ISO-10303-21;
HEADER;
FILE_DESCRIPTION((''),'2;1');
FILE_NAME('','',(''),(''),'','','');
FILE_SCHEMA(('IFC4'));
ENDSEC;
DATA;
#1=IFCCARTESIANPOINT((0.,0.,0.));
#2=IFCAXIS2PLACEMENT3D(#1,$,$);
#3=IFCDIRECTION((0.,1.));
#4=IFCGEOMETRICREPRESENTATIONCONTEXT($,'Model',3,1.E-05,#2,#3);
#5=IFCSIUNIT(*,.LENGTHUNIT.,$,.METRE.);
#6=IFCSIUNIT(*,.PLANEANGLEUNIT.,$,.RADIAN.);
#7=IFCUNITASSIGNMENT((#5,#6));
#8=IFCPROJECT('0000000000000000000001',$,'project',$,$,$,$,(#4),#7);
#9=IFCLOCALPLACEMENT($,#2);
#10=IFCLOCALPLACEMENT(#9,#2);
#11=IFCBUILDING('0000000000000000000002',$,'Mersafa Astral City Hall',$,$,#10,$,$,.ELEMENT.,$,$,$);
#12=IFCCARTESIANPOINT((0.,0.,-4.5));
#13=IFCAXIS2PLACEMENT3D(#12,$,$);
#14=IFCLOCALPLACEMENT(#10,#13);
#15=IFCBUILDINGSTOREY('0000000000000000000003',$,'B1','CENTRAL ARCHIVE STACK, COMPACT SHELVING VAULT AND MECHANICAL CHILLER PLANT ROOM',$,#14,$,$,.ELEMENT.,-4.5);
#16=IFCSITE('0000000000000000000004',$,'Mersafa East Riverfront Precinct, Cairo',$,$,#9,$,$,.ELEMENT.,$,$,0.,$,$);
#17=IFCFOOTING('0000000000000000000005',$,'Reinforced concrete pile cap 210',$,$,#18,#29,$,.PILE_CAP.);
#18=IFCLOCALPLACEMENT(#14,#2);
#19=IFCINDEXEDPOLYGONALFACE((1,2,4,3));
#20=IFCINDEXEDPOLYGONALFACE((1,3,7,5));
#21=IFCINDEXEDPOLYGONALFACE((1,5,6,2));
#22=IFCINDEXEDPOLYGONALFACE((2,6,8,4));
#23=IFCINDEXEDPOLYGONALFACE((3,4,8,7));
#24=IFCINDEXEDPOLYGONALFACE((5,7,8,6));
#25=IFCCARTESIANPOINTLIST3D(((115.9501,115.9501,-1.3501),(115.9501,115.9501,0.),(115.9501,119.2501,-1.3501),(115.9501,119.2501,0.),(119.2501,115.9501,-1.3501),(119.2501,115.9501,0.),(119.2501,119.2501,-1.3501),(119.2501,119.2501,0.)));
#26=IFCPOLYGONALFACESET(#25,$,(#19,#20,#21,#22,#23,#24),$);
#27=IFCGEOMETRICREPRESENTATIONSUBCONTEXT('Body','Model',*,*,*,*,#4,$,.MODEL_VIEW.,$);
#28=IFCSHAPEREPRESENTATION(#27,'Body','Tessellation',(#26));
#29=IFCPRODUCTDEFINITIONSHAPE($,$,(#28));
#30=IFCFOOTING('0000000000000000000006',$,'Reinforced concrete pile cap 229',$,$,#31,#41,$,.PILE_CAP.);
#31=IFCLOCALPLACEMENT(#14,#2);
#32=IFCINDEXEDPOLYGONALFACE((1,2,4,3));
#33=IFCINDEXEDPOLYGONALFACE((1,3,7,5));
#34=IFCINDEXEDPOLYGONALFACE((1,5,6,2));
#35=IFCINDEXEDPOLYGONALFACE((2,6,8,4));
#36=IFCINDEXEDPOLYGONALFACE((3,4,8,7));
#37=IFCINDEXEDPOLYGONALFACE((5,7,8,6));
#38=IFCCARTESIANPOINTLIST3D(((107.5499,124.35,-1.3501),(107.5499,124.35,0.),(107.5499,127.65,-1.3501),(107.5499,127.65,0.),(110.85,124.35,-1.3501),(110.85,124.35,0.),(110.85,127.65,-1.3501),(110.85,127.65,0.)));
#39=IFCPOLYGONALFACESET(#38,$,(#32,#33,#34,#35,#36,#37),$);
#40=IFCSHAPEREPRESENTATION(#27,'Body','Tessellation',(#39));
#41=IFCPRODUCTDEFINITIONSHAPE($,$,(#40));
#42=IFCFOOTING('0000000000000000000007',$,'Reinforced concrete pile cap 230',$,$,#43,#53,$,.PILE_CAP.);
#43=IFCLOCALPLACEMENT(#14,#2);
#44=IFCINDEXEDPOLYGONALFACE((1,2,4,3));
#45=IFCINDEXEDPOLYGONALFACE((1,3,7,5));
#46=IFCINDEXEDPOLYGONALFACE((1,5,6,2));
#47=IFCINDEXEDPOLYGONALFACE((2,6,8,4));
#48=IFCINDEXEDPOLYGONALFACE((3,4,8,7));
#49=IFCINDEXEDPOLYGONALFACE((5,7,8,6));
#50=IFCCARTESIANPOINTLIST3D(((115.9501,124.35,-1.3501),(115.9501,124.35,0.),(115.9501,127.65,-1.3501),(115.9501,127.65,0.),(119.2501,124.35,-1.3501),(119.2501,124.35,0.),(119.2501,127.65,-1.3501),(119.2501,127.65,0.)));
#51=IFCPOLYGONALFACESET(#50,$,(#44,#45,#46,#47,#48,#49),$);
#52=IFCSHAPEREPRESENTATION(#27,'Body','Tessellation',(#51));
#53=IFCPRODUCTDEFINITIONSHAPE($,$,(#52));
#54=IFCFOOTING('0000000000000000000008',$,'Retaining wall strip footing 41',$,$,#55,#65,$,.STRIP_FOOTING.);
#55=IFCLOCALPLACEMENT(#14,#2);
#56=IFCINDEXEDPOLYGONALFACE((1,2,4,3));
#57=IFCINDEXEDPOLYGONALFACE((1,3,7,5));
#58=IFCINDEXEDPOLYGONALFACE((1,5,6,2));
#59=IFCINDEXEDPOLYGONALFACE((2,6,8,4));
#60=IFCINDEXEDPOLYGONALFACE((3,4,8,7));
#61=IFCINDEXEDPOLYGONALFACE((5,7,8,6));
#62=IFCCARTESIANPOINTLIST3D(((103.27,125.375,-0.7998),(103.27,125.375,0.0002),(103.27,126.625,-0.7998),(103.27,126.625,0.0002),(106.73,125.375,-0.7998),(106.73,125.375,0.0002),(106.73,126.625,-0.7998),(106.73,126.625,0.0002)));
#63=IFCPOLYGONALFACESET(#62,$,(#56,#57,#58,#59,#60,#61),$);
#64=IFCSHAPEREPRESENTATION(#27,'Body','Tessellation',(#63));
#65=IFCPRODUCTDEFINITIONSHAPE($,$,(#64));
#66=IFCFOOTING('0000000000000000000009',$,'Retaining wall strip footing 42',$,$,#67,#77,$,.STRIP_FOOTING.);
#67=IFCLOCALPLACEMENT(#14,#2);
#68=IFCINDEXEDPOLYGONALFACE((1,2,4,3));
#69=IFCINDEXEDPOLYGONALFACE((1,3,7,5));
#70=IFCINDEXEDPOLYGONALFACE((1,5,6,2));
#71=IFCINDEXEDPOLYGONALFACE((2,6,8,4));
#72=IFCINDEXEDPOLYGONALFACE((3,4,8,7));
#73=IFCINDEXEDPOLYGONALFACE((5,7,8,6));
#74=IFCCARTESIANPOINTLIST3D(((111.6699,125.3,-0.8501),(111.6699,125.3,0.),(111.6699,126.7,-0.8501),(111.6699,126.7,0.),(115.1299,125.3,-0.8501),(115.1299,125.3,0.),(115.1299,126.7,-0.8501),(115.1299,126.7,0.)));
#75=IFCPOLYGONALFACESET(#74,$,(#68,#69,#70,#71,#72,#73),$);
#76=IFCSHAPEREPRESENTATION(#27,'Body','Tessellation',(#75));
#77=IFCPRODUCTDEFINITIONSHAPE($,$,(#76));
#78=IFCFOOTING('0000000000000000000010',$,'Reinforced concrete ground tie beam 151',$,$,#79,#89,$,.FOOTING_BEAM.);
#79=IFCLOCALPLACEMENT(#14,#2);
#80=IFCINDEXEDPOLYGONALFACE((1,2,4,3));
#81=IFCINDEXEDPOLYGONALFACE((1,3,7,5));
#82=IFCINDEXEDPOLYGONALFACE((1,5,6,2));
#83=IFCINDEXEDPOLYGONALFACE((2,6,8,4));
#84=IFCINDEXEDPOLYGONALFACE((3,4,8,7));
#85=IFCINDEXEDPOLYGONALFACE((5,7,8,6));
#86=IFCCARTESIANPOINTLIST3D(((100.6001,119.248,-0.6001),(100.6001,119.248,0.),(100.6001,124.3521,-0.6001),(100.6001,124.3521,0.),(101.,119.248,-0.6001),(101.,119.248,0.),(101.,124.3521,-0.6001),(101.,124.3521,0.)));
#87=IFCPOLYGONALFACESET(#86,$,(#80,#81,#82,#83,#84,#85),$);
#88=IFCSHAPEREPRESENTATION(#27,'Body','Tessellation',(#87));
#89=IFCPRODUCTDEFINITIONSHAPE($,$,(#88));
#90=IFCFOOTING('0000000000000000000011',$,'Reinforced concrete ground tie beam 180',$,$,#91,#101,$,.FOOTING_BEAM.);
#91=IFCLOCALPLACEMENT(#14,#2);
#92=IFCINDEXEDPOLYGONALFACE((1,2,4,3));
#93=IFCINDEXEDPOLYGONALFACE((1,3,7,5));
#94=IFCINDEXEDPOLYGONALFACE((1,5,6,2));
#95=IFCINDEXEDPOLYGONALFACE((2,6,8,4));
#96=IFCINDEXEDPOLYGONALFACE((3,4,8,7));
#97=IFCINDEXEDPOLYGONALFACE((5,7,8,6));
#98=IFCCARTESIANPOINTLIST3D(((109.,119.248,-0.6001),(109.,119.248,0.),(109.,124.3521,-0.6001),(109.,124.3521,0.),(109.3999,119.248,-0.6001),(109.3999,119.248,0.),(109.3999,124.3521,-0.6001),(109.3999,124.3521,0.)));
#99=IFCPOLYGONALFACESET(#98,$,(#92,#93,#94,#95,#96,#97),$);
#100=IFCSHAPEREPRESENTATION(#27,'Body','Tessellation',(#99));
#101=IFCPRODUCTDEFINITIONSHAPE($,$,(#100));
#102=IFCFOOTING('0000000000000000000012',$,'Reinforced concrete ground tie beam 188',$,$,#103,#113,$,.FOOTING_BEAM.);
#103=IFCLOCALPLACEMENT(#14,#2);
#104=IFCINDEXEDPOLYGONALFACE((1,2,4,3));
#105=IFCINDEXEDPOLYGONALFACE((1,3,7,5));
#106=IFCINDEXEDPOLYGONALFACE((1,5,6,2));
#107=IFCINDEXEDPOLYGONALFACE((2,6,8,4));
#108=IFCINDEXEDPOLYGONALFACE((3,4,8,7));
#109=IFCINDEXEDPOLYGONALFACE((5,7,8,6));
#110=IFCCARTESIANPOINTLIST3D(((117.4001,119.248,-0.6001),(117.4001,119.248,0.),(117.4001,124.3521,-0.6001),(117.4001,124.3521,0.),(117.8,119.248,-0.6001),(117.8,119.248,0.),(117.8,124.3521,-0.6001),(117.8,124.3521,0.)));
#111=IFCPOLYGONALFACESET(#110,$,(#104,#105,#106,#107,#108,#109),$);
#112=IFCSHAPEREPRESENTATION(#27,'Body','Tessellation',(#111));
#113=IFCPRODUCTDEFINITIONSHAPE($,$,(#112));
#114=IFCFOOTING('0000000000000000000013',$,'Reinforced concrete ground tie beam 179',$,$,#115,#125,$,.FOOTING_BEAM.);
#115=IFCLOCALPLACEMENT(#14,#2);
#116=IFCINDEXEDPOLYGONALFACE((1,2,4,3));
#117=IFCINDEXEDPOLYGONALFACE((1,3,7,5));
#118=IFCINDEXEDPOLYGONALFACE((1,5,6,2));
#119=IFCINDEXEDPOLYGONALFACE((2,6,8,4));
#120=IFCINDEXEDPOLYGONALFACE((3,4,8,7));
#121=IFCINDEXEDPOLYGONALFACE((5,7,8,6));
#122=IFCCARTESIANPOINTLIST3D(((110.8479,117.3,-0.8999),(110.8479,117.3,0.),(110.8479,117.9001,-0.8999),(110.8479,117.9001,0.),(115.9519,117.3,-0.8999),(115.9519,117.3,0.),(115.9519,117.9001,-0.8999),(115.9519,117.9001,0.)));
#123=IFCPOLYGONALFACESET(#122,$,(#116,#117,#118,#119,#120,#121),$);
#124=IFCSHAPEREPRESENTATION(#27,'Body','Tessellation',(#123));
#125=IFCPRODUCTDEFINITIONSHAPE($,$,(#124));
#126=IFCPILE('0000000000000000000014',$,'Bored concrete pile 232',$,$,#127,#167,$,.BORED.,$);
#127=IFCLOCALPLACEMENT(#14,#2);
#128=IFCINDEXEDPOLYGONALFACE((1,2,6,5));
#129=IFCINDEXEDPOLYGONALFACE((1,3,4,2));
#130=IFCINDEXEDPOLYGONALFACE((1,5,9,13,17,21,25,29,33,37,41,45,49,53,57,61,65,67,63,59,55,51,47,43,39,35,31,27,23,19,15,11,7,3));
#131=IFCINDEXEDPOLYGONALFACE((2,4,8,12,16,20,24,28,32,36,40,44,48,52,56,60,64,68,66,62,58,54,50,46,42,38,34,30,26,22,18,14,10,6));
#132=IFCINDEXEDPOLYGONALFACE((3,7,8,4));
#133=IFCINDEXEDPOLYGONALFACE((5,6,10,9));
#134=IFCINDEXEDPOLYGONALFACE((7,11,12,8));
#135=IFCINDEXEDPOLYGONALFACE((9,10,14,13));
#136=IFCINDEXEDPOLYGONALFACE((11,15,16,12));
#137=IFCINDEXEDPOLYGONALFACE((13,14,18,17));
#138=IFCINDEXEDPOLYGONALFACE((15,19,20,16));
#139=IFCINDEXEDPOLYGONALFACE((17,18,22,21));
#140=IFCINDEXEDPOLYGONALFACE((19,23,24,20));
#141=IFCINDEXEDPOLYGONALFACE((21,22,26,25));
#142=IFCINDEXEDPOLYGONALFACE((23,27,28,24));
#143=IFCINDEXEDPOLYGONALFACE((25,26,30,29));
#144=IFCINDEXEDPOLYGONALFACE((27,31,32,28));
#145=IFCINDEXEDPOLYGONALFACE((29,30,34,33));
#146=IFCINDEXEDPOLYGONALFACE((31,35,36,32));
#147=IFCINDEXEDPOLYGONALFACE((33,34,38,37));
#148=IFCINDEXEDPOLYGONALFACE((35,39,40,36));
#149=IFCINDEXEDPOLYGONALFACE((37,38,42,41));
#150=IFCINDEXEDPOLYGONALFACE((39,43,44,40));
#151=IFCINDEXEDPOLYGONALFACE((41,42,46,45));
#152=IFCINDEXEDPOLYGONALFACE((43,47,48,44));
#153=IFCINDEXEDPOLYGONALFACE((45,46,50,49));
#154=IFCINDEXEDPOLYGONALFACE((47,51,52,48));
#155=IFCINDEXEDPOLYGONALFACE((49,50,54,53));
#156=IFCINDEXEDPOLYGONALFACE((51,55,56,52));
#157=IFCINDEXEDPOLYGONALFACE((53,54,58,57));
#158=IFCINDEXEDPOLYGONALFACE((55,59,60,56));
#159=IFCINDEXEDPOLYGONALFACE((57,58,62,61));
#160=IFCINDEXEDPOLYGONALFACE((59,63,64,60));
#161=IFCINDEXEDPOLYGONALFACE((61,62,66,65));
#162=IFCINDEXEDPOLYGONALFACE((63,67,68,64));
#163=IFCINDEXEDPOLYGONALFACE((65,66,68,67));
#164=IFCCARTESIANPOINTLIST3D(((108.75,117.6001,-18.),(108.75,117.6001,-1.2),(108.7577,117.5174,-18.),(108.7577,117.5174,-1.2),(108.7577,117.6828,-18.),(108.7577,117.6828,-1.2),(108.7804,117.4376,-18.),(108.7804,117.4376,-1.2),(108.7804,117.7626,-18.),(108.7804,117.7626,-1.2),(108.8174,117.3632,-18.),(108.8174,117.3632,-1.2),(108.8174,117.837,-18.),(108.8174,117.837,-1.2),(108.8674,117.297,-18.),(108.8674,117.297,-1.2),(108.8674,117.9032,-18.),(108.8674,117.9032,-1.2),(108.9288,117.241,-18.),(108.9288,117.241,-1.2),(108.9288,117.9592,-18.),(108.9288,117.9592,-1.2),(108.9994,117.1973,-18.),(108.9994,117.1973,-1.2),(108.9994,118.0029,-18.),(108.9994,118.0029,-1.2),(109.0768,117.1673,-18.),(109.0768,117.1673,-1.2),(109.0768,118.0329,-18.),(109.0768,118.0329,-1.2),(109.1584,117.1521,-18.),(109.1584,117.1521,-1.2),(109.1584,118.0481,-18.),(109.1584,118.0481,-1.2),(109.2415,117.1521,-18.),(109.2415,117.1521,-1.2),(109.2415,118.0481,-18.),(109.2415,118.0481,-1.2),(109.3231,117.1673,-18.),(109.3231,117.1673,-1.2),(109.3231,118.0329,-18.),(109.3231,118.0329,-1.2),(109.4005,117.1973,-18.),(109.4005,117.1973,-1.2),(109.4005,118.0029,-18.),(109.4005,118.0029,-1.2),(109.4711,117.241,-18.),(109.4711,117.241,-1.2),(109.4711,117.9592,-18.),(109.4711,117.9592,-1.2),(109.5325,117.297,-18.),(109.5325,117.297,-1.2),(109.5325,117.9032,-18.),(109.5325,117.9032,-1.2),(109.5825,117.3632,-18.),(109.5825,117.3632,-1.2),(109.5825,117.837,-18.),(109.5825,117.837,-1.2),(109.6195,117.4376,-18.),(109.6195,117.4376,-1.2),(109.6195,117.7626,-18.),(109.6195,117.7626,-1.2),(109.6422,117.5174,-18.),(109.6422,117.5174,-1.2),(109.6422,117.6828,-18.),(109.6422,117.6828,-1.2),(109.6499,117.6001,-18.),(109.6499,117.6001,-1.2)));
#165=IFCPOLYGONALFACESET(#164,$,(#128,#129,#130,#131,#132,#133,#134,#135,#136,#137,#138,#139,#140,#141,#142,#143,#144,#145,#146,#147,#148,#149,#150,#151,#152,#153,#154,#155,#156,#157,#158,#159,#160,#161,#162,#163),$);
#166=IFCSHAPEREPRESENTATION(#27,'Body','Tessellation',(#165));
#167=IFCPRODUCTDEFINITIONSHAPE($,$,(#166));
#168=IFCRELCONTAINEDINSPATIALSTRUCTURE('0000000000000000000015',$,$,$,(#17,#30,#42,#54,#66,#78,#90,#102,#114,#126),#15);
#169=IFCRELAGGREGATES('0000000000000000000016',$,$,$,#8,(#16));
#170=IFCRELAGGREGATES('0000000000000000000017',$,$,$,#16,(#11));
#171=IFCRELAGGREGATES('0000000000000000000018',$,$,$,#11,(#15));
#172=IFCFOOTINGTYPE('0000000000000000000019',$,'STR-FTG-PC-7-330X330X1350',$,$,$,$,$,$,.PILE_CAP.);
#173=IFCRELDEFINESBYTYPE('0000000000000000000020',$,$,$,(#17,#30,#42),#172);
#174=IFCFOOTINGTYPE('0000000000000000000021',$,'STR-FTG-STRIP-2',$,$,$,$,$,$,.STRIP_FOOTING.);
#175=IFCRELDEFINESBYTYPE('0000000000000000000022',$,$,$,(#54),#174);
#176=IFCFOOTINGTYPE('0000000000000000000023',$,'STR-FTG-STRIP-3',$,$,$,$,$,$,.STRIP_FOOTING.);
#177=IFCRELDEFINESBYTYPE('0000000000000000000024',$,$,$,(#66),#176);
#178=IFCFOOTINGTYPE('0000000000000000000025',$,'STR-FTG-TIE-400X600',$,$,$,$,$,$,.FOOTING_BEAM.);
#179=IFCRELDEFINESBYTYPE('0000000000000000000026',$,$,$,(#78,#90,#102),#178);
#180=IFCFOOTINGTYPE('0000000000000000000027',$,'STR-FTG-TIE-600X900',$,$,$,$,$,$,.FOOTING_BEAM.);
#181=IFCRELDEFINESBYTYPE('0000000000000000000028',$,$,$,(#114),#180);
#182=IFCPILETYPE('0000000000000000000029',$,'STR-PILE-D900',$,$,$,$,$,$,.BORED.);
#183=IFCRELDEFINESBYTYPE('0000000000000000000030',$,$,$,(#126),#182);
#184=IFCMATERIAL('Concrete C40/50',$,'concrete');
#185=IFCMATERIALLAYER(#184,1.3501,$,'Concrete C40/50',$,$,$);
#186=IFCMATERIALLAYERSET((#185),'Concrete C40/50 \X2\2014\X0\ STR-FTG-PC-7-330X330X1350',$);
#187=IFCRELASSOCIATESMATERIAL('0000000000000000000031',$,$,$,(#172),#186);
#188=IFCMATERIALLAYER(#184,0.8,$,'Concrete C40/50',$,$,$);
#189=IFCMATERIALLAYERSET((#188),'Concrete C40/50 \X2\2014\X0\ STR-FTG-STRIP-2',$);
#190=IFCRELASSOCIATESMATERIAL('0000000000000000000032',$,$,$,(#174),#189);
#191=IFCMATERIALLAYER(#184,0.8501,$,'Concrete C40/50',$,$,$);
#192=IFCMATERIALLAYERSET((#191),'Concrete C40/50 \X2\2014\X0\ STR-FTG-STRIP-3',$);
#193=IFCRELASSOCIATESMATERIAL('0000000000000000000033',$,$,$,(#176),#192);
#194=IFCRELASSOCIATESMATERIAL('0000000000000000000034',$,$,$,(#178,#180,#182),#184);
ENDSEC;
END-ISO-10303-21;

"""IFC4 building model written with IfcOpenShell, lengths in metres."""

from ifc_helpers import new_model, si_unit, direction, frame, origin, origin_2d, place, context, subcontext, project, spatial, rectangle, circle, extrude, material, layer, layer_set, material_profile, profile_set, type_object, element, save


model = new_model("IFC4")

# Units and contexts
model_context = context("Model", 3, precision=1e-05, world=origin(), true_north=direction((0.0, 1.0)))
body_context = subcontext(model_context, "Body", "Model", "MODEL_VIEW")
ifc_project = project(units=[si_unit("LENGTHUNIT", "METRE"), si_unit("PLANEANGLEUNIT", "RADIAN")], contexts=[model_context])

# Site, building, storey
site_placement = place(None, origin())
site = spatial("IfcSite", under=ifc_project, at=site_placement, Name="Mersafa East Riverfront Precinct, Cairo", CompositionType="ELEMENT", RefElevation=0.0)
building_placement = place(site_placement, origin())
building = spatial("IfcBuilding", under=site, at=building_placement, Name="Mersafa Astral City Hall", CompositionType="ELEMENT")
storey_placement = place(building_placement, frame((0.0, 0.0, -4.5)))
storey = spatial("IfcBuildingStorey", under=building, at=storey_placement, Name="B1", Description="CENTRAL ARCHIVE STACK, COMPACT SHELVING VAULT AND MECHANICAL CHILLER PLANT ROOM", CompositionType="ELEMENT", Elevation=-4.5)

# Footings
ifc_material_1 = material(Name="Concrete C40/50", Category="concrete")
ifc_layer_1 = layer(ifc_material_1, 1.3501, Name="Concrete C40/50")
ifc_layer_set_1 = layer_set([ifc_layer_1], Name="Concrete C40/50 — STR-FTG-PC-7-330X330X1350")
footing_type_1 = type_object("IfcFootingType", Name="STR-FTG-PC-7-330X330X1350", PredefinedType="PILE_CAP", material=ifc_layer_set_1)
for number, where, z_axis, x_axis, name in (
    (1, (117.6001, 117.6001, -1.3501), (0.0, 0.0, 1.0), (1.0, 0.0, 0.0), "Reinforced concrete pile cap 210"),
    (2, (109.2, 126.0, -1.3501), (0.0, 0.0, 1.0), (1.0, 0.0, 0.0), "Reinforced concrete pile cap 229"),
    (3, (117.6001, 126.0, -1.3501), (0.0, 0.0, 1.0), (1.0, 0.0, 0.0), "Reinforced concrete pile cap 230"),
):
    element("IfcFooting", number, at=place(storey_placement, frame(where, z_axis=z_axis, x_axis=x_axis)), inside=storey, type_object=footing_type_1, Name=name, PredefinedType="PILE_CAP", context=body_context, shape_type="SweptSolid", body=[
        extrude(rectangle(XDim=3.3, YDim=3.3, at=origin_2d()), origin(), (0.0, 0.0, 1.0), 1.3501),
    ])
ifc_layer_2 = layer(ifc_material_1, 0.8, Name="Concrete C40/50")
ifc_layer_set_2 = layer_set([ifc_layer_2], Name="Concrete C40/50 — STR-FTG-STRIP-2")
footing_type_2 = type_object("IfcFootingType", Name="STR-FTG-STRIP-2", PredefinedType="STRIP_FOOTING", material=ifc_layer_set_2)
footing_1_placement = place(storey_placement, frame((105.0, 126.0, -0.7998), z_axis=(0.0, 0.0, 1.0), x_axis=(1.0, 0.0, 0.0)))
element("IfcFooting", 4, at=footing_1_placement, inside=storey, type_object=footing_type_2, Name="Retaining wall strip footing 41", PredefinedType="STRIP_FOOTING", context=body_context, shape_type="SweptSolid", body=[
    extrude(rectangle(XDim=3.46, YDim=1.25, at=origin_2d()), origin(), (0.0, 0.0, 1.0), 0.8),
])
ifc_layer_3 = layer(ifc_material_1, 0.8501, Name="Concrete C40/50")
ifc_layer_set_3 = layer_set([ifc_layer_3], Name="Concrete C40/50 — STR-FTG-STRIP-3")
footing_type_3 = type_object("IfcFootingType", Name="STR-FTG-STRIP-3", PredefinedType="STRIP_FOOTING", material=ifc_layer_set_3)
footing_2_placement = place(storey_placement, frame((113.3999, 126.0, -0.8501), z_axis=(0.0, 0.0, 1.0), x_axis=(1.0, 0.0, 0.0)))
element("IfcFooting", 5, at=footing_2_placement, inside=storey, type_object=footing_type_3, Name="Retaining wall strip footing 42", PredefinedType="STRIP_FOOTING", context=body_context, shape_type="SweptSolid", body=[
    extrude(rectangle(XDim=3.46, YDim=1.3999, at=origin_2d()), origin(), (0.0, 0.0, 1.0), 0.8501),
])
ifc_material_profile_1 = material_profile(ifc_material_1, rectangle(XDim=0.3999, YDim=0.6001, at=origin_2d()), Name="RC 400x600")
ifc_profile_set_1 = profile_set([ifc_material_profile_1], Name="Concrete C40/50")
footing_type_4 = type_object("IfcFootingType", Name="STR-FTG-TIE-400X600", PredefinedType="FOOTING_BEAM", material=ifc_profile_set_1)
for number, where, z_axis, x_axis, name in (
    (6, (100.8, 119.248, -0.3), (0.0, 1.0, 0.0), (-1.0, 0.0, 0.0), "Reinforced concrete ground tie beam 151"),
    (7, (109.2, 119.248, -0.3), (0.0, 1.0, 0.0), (-1.0, 0.0, 0.0), "Reinforced concrete ground tie beam 180"),
    (8, (117.6001, 119.248, -0.3), (0.0, 1.0, 0.0), (-1.0, 0.0, 0.0), "Reinforced concrete ground tie beam 188"),
):
    element("IfcFooting", number, at=place(storey_placement, frame(where, z_axis=z_axis, x_axis=x_axis)), inside=storey, type_object=footing_type_4, Name=name, PredefinedType="FOOTING_BEAM", context=body_context, shape_type="SweptSolid", body=[
        extrude(rectangle(XDim=0.3999, YDim=0.6001, at=origin_2d()), origin(), (0.0, 0.0, 1.0), 5.104),
    ])
ifc_material_profile_2 = material_profile(ifc_material_1, rectangle(XDim=0.6001, YDim=0.8999, at=origin_2d()), Name="RC 600x900")
ifc_profile_set_2 = profile_set([ifc_material_profile_2], Name="Concrete C40/50")
footing_type_5 = type_object("IfcFootingType", Name="STR-FTG-TIE-600X900", PredefinedType="FOOTING_BEAM", material=ifc_profile_set_2)
footing_3_placement = place(storey_placement, frame((110.8479, 117.6001, -0.45), z_axis=(1.0, 0.0, 0.0), x_axis=(0.0, 1.0, 0.0)))
element("IfcFooting", 9, at=footing_3_placement, inside=storey, type_object=footing_type_5, Name="Reinforced concrete ground tie beam 179", PredefinedType="FOOTING_BEAM", context=body_context, shape_type="SweptSolid", body=[
    extrude(rectangle(XDim=0.6001, YDim=0.8999, at=origin_2d()), origin(), (0.0, 0.0, 1.0), 5.104),
])

# Pile
ifc_material_profile_3 = material_profile(ifc_material_1, circle(Radius=0.45, at=origin_2d()), Name="PILE D900")
ifc_profile_set_3 = profile_set([ifc_material_profile_3], Name="Concrete C40/50")
pile_type = type_object("IfcPileType", Name="STR-PILE-D900", PredefinedType="BORED", material=ifc_profile_set_3)
for number, where, z_axis, x_axis, name in (
    (10, (109.2, 117.6001, -1.2), (0.0, 0.0, -1.0), (1.0, 0.0, 0.0), "Bored concrete pile 232"),
):
    element("IfcPile", number, at=place(storey_placement, frame(where, z_axis=z_axis, x_axis=x_axis)), inside=storey, type_object=pile_type, Name=name, PredefinedType="BORED", context=body_context, shape_type="SweptSolid", body=[
        extrude(circle(Radius=0.45, at=origin_2d()), origin(), (0.0, 0.0, 1.0), 16.8),
    ])

save(model, "model.ifc")
